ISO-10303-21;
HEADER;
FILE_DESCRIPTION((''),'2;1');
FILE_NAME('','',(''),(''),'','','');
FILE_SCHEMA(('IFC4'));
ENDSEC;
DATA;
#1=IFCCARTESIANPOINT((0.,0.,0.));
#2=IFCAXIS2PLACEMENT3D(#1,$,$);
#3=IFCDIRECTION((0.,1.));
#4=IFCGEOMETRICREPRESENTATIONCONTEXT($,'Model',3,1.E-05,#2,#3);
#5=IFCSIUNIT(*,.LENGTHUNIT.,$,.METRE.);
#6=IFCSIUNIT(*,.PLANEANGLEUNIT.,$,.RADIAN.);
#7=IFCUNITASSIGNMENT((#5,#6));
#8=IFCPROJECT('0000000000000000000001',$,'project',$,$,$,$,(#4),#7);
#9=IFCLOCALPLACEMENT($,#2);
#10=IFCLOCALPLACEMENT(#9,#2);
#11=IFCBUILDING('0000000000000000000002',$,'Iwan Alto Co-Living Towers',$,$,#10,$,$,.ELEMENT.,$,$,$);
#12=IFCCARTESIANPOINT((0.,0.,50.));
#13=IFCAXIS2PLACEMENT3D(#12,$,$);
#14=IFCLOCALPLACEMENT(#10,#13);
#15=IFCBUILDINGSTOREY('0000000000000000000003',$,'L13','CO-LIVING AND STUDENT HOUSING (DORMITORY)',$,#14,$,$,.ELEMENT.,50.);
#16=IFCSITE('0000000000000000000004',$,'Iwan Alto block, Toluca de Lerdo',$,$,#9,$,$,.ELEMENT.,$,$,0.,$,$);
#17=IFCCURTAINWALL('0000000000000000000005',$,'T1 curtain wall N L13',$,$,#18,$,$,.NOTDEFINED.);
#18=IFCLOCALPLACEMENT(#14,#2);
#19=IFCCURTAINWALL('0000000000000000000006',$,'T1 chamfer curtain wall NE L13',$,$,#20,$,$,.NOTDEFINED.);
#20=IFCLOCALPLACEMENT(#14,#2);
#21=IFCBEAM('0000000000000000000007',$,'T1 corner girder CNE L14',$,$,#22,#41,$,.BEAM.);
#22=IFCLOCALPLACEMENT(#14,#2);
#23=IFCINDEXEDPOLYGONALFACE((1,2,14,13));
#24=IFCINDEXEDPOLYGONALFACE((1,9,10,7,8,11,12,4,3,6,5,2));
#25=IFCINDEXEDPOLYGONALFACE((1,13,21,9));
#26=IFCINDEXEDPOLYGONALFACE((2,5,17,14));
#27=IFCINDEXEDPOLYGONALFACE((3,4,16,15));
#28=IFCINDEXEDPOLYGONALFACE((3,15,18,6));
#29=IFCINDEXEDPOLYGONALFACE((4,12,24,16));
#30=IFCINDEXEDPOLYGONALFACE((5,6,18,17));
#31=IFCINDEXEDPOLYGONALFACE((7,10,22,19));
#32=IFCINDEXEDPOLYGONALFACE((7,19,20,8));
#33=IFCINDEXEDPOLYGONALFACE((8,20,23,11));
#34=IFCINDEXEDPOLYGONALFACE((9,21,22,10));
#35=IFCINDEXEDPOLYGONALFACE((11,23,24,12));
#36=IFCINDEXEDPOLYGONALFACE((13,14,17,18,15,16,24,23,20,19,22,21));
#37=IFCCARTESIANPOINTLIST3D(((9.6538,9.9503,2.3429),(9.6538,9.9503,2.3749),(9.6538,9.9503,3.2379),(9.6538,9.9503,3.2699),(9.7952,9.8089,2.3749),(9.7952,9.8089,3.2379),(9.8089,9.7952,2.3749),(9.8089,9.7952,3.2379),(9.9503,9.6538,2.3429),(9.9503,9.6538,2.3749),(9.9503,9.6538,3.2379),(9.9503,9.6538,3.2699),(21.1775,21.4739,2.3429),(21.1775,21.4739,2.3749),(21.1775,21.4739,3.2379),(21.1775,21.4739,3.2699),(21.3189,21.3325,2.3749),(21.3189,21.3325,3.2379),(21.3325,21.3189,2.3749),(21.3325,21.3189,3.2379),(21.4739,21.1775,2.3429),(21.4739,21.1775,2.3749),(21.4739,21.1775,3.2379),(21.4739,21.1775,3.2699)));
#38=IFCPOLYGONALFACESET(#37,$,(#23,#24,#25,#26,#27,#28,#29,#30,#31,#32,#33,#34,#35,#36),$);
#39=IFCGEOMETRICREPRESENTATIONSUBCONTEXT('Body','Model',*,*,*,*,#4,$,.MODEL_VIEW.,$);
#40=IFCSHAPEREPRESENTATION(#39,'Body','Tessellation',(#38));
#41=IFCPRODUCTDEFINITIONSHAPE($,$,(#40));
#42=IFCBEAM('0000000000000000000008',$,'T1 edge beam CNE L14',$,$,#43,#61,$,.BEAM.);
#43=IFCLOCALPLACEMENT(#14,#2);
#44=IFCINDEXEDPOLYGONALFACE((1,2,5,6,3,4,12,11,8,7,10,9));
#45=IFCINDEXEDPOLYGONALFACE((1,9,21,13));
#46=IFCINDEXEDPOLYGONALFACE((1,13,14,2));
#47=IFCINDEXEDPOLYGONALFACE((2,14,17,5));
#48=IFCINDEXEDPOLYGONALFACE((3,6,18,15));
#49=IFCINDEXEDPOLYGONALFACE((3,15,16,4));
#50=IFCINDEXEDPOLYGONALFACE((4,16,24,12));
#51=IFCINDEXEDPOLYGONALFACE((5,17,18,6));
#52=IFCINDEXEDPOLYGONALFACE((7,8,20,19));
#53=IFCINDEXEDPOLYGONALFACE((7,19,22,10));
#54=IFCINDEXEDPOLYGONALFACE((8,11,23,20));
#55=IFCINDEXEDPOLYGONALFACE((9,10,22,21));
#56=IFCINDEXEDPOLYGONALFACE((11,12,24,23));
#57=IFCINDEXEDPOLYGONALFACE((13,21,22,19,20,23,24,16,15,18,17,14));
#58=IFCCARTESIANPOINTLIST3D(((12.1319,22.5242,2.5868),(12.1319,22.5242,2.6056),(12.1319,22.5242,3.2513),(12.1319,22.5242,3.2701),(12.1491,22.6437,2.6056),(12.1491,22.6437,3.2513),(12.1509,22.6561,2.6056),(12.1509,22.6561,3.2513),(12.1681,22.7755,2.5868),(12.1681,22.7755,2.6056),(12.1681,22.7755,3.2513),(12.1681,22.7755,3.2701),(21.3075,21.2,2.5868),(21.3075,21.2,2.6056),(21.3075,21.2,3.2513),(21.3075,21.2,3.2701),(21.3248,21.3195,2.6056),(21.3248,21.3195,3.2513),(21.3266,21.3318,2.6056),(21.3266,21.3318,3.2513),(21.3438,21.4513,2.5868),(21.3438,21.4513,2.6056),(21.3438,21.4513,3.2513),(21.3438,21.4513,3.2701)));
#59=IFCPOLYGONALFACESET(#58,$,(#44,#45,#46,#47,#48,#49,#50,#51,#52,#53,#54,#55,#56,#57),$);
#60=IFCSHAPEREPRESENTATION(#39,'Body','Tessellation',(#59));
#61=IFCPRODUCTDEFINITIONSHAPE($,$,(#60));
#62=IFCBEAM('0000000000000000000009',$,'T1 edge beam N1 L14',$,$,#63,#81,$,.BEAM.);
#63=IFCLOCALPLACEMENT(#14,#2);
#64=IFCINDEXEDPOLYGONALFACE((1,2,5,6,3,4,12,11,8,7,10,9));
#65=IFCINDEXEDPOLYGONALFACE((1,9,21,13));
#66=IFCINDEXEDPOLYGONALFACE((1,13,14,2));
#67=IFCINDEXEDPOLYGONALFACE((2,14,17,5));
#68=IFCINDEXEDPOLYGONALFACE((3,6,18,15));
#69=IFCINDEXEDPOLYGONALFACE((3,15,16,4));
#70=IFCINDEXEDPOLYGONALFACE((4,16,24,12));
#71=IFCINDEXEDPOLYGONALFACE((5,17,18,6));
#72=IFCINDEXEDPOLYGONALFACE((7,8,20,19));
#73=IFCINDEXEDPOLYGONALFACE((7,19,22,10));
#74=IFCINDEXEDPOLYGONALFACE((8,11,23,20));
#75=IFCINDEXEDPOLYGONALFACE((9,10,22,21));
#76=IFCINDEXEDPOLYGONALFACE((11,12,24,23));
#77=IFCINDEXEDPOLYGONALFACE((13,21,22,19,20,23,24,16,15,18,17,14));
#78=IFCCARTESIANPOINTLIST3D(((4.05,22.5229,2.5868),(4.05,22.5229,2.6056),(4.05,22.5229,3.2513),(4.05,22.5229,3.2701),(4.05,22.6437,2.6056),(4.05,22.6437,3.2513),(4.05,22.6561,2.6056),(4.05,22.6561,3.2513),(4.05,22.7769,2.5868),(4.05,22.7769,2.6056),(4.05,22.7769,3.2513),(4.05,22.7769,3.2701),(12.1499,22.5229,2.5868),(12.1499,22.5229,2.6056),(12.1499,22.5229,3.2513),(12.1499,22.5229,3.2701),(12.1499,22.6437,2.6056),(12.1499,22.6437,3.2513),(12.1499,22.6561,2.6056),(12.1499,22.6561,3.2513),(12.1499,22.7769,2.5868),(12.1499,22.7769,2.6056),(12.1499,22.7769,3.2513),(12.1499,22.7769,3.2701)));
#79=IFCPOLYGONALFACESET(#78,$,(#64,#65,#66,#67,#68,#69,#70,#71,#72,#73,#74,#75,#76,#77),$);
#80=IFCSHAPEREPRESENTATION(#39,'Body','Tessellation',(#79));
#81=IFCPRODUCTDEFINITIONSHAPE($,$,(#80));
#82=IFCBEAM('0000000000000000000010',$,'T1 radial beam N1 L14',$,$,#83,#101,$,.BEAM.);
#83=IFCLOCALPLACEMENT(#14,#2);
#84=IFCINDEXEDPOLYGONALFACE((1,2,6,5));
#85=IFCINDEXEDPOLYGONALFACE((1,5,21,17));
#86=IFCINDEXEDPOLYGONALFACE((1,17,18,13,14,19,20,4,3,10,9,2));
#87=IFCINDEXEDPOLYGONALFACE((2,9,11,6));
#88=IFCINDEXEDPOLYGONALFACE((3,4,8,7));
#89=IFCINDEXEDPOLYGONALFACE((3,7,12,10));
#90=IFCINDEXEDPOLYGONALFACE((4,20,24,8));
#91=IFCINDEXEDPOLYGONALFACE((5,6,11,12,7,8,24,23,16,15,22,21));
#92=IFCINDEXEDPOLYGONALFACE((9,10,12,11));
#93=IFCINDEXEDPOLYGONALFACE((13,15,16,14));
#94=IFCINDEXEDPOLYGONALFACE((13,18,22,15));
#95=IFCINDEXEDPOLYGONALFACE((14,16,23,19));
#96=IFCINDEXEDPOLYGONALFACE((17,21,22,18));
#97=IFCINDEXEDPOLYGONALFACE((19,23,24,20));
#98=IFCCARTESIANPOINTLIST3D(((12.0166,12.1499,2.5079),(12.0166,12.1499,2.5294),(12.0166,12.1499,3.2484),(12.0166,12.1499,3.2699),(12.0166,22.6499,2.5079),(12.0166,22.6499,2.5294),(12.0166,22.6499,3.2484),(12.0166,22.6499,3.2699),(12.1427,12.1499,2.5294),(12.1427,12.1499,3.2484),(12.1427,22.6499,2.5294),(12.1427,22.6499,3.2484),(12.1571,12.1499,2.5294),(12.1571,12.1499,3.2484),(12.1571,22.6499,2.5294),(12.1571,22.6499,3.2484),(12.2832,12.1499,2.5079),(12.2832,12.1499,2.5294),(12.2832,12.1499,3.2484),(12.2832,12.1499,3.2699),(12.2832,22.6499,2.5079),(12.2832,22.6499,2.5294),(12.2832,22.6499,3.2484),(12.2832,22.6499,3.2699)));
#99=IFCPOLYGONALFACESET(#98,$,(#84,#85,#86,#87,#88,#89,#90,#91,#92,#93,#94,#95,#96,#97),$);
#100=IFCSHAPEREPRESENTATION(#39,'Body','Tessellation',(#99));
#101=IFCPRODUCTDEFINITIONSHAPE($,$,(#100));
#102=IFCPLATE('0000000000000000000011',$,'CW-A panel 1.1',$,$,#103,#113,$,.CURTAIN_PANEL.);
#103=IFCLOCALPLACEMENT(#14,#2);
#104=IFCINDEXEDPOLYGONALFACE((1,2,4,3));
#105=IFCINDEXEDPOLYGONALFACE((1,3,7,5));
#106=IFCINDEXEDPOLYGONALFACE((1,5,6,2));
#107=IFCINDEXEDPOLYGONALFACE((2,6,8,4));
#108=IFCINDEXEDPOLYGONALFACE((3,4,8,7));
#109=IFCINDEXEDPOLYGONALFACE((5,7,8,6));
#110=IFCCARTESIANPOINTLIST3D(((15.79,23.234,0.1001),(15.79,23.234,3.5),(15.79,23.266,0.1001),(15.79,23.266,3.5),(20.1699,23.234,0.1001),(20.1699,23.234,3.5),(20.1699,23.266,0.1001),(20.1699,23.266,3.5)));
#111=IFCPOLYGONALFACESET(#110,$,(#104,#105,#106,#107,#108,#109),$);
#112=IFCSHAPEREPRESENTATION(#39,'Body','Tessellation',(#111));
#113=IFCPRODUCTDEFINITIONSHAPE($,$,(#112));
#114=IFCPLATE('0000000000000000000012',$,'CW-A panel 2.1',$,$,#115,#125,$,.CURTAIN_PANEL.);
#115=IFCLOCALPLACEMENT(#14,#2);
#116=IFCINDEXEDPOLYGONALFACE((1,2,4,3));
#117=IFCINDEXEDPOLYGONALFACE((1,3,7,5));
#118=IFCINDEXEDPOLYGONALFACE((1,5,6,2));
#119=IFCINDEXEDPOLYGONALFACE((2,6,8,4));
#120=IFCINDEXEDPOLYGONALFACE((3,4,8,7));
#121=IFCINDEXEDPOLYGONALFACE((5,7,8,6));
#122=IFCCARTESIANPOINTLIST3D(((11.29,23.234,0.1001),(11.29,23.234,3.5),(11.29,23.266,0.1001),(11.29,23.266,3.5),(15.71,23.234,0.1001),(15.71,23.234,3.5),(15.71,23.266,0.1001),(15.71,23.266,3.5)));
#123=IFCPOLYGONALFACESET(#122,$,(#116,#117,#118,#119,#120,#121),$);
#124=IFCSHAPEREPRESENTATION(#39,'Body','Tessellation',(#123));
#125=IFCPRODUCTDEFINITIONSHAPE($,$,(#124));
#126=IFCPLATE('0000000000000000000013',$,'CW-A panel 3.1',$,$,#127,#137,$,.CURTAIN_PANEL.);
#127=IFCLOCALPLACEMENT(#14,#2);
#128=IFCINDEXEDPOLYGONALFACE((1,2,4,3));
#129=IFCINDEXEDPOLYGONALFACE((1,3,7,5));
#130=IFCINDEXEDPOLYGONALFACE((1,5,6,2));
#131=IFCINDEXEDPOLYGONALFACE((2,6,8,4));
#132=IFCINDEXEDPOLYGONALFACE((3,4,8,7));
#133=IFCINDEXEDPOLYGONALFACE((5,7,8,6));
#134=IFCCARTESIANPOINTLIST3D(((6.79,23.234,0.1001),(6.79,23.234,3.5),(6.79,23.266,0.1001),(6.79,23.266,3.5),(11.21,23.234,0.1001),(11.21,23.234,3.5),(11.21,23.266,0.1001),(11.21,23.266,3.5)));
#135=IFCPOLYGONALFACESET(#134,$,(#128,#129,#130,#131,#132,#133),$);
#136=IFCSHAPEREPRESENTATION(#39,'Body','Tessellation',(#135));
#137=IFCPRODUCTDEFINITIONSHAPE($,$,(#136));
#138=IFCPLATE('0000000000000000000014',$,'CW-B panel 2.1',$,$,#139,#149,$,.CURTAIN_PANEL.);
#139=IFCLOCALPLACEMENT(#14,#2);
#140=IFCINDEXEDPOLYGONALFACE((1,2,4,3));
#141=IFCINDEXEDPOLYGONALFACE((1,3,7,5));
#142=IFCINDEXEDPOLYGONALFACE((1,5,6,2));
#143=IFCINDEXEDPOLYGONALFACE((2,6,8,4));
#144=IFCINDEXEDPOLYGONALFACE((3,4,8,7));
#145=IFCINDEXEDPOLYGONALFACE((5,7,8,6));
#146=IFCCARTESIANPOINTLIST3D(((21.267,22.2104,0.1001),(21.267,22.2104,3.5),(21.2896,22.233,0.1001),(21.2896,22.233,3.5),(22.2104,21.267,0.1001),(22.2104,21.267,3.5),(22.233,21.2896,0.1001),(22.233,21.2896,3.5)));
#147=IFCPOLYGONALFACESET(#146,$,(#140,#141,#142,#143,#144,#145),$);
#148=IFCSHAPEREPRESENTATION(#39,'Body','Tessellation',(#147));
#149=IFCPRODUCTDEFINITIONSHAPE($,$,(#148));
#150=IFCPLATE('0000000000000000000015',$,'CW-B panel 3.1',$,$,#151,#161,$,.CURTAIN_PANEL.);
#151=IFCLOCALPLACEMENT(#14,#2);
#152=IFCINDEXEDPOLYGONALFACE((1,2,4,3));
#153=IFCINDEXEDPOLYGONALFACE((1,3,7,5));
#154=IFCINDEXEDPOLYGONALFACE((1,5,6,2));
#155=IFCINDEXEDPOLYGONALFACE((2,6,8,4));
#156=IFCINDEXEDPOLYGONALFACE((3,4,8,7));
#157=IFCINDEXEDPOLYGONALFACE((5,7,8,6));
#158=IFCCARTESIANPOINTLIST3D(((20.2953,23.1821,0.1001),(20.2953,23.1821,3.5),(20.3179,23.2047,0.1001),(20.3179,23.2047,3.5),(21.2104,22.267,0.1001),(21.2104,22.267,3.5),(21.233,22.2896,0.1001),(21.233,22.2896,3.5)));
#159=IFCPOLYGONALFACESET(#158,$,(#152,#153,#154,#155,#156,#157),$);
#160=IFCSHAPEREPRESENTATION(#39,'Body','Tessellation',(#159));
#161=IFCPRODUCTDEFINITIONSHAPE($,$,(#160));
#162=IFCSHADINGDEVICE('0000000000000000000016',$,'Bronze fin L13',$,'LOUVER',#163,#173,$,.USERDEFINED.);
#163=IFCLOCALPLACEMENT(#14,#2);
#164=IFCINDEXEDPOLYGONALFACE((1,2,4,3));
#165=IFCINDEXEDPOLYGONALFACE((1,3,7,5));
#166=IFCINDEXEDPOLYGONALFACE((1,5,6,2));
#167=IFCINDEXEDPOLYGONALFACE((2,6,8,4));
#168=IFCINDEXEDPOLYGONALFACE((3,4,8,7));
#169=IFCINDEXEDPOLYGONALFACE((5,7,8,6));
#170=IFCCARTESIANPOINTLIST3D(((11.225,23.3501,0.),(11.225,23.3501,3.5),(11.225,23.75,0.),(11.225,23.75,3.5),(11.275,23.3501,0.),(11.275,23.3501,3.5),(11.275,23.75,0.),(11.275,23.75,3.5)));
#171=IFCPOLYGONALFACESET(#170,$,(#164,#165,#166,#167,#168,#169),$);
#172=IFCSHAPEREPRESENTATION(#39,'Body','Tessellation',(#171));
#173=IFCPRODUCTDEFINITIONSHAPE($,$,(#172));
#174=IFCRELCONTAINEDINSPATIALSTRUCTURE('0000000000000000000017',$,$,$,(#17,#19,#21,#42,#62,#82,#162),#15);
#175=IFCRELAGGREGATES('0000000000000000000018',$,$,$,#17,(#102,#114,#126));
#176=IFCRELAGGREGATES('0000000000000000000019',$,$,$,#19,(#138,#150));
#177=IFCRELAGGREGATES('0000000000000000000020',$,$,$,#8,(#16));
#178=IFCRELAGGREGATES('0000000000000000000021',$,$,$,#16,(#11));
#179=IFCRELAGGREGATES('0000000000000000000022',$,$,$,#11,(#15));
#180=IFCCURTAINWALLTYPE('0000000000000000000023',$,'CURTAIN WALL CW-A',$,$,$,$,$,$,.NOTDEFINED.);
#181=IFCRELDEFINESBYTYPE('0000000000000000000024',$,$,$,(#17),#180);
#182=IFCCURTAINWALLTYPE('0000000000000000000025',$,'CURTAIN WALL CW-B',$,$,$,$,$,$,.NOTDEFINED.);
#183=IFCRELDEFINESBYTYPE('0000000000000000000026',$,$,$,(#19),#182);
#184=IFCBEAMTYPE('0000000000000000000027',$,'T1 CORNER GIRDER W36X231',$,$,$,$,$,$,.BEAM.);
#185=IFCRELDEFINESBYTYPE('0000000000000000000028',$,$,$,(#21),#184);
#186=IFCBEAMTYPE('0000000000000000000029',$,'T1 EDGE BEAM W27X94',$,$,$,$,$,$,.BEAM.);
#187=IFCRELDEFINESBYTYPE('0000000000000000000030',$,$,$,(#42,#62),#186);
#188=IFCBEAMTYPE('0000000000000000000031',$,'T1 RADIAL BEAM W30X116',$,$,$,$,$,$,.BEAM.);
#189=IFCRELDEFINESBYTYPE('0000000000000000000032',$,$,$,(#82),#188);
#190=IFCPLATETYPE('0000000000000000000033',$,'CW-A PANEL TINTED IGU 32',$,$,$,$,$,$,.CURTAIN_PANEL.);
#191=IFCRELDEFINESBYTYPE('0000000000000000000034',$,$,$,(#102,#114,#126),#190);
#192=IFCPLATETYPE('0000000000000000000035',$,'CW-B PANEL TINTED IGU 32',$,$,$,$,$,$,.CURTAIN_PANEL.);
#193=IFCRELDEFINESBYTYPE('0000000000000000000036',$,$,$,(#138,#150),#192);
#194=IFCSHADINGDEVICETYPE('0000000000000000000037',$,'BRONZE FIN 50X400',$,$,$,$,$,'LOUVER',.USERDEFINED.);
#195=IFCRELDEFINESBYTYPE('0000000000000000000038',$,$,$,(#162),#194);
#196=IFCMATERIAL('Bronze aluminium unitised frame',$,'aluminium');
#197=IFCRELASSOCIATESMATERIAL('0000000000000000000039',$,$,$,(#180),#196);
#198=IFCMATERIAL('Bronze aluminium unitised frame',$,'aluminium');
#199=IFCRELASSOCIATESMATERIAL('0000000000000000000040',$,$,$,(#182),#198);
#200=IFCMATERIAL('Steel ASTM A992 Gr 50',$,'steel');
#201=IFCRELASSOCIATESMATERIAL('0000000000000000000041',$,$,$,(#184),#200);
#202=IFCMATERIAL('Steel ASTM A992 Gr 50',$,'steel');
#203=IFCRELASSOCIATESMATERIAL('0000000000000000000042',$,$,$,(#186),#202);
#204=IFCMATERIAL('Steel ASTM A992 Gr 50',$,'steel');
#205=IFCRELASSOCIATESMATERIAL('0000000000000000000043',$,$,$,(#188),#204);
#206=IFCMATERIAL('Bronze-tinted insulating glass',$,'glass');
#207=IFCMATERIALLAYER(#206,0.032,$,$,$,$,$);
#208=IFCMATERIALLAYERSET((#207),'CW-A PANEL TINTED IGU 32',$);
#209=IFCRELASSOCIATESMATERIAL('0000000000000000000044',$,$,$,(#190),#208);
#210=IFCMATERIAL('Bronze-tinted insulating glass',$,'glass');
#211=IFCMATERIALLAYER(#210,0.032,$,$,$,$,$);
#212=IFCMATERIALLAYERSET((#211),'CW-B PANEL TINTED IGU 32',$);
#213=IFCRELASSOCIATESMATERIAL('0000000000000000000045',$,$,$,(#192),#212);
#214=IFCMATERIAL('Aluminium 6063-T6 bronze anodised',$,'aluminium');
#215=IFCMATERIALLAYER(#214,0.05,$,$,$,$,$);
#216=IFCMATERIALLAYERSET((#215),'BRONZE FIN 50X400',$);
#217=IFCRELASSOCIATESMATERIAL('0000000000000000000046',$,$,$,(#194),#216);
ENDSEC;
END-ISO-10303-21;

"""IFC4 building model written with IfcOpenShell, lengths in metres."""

from ifc_helpers import new_model, si_unit, direction, frame, origin, origin_2d, place, context, subcontext, project, spatial, rectangle, i_section, extrude, material, layer, layer_set, material_profile, profile_set, type_object, element, aggregate, save


model = new_model("IFC4")

# Units and contexts
model_context = context("Model", 3, precision=1e-05, world=origin(), true_north=direction((0.0, 1.0)))
body_context = subcontext(model_context, "Body", "Model", "MODEL_VIEW")
ifc_project = project(units=[si_unit("LENGTHUNIT", "METRE"), si_unit("PLANEANGLEUNIT", "RADIAN")], contexts=[model_context])

# Site, building, storey
site_placement = place(None, origin())
site = spatial("IfcSite", under=ifc_project, at=site_placement, Name="Iwan Alto block, Toluca de Lerdo", CompositionType="ELEMENT", RefElevation=0.0)
building_placement = place(site_placement, origin())
building = spatial("IfcBuilding", under=site, at=building_placement, Name="Iwan Alto Co-Living Towers", CompositionType="ELEMENT")
storey_placement = place(building_placement, frame((0.0, 0.0, 50.0)))
storey = spatial("IfcBuildingStorey", under=building, at=storey_placement, Name="L13", Description="CO-LIVING AND STUDENT HOUSING (DORMITORY)", CompositionType="ELEMENT", Elevation=50.0)

# Curtain walls
ifc_material_1 = material(Name="Bronze aluminium unitised frame", Category="aluminium")
curtain_wall_type_1 = type_object("IfcCurtainWallType", Name="CURTAIN WALL CW-A", PredefinedType="NOTDEFINED", material=ifc_material_1)
curtain_wall_1_placement = place(storey_placement, origin())
curtain_wall_1 = element("IfcCurtainWall", 1, at=curtain_wall_1_placement, inside=storey, type_object=curtain_wall_type_1, Name="T1 curtain wall N L13", PredefinedType="NOTDEFINED")
ifc_material_2 = material(Name="Bronze aluminium unitised frame", Category="aluminium")
curtain_wall_type_2 = type_object("IfcCurtainWallType", Name="CURTAIN WALL CW-B", PredefinedType="NOTDEFINED", material=ifc_material_2)
curtain_wall_2_placement = place(storey_placement, origin())
curtain_wall_2 = element("IfcCurtainWall", 2, at=curtain_wall_2_placement, inside=storey, type_object=curtain_wall_type_2, Name="T1 chamfer curtain wall NE L13", PredefinedType="NOTDEFINED")

# Beams
ifc_material_3 = material(Name="Steel ASTM A992 Gr 50", Category="steel")
ifc_material_profile_1 = material_profile(ifc_material_3, i_section(OverallWidth=0.4192, OverallDepth=0.927, WebThickness=0.0193, FlangeThickness=0.032, at=origin_2d()), Name="W36X231")
ifc_profile_set_1 = profile_set([ifc_material_profile_1], Name="Steel ASTM A992 Gr 50")
beam_type_1 = type_object("IfcBeamType", Name="T1 CORNER GIRDER W36X231", PredefinedType="BEAM", material=ifc_profile_set_1)
beam_1_placement = place(storey_placement, frame((21.3257, 21.3257, 2.8064), z_axis=(-0.707107, -0.707107, 0.0), x_axis=(0.707107, -0.707107, 0.0)))
element("IfcBeam", 3, at=beam_1_placement, inside=storey, type_object=beam_type_1, Name="T1 corner girder CNE L14", PredefinedType="BEAM", context=body_context, shape_type="SweptSolid", body=[
    extrude(i_section(OverallWidth=0.4192, OverallDepth=0.927, WebThickness=0.0193, FlangeThickness=0.032, at=origin_2d()), origin(), (0.0, 0.0, 1.0), 16.2969),
])
ifc_material_4 = material(Name="Steel ASTM A992 Gr 50", Category="steel")
ifc_material_profile_2 = material_profile(ifc_material_4, i_section(OverallWidth=0.2539, OverallDepth=0.6833, WebThickness=0.0125, FlangeThickness=0.0188, at=origin_2d()), Name="W27X94")
ifc_profile_set_2 = profile_set([ifc_material_profile_2], Name="Steel ASTM A992 Gr 50")
beam_type_2 = type_object("IfcBeamType", Name="T1 EDGE BEAM W27X94", PredefinedType="BEAM", material=ifc_profile_set_2)
beam_2_placement = place(storey_placement, frame((21.3257, 21.3257, 2.9285), z_axis=(-0.989746, 0.142837, 0.0), x_axis=(-0.142837, -0.989746, 0.0)))
element("IfcBeam", 4, at=beam_2_placement, inside=storey, type_object=beam_type_2, Name="T1 edge beam CNE L14", PredefinedType="BEAM", context=body_context, shape_type="SweptSolid", body=[
    extrude(i_section(OverallWidth=0.2539, OverallDepth=0.6833, WebThickness=0.0125, FlangeThickness=0.0188, at=origin_2d()), origin(), (0.0, 0.0, 1.0), 9.2708),
])
beam_3_placement = place(storey_placement, frame((12.1499, 22.6499, 2.9285), z_axis=(-1.0, 0.0, 0.0), x_axis=(0.0, -1.0, 0.0)))
element("IfcBeam", 5, at=beam_3_placement, inside=storey, type_object=beam_type_2, Name="T1 edge beam N1 L14", PredefinedType="BEAM", context=body_context, shape_type="SweptSolid", body=[
    extrude(i_section(OverallWidth=0.2539, OverallDepth=0.6833, WebThickness=0.0125, FlangeThickness=0.0188, at=origin_2d()), origin(), (0.0, 0.0, 1.0), 8.0999),
])
ifc_material_5 = material(Name="Steel ASTM A992 Gr 50", Category="steel")
ifc_material_profile_3 = material_profile(ifc_material_5, i_section(OverallWidth=0.2666, OverallDepth=0.762, WebThickness=0.0144, FlangeThickness=0.0215, at=origin_2d()), Name="W30X116")
ifc_profile_set_3 = profile_set([ifc_material_profile_3], Name="Steel ASTM A992 Gr 50")
beam_type_3 = type_object("IfcBeamType", Name="T1 RADIAL BEAM W30X116", PredefinedType="BEAM", material=ifc_profile_set_3)
beam_4_placement = place(storey_placement, frame((12.1499, 22.6499, 2.8889), z_axis=(0.0, -1.0, 0.0), x_axis=(1.0, 0.0, 0.0)))
element("IfcBeam", 6, at=beam_4_placement, inside=storey, type_object=beam_type_3, Name="T1 radial beam N1 L14", PredefinedType="BEAM", context=body_context, shape_type="SweptSolid", body=[
    extrude(i_section(OverallWidth=0.2666, OverallDepth=0.762, WebThickness=0.0144, FlangeThickness=0.0215, at=origin_2d()), origin(), (0.0, 0.0, 1.0), 10.5),
])

# Plates
ifc_material_6 = material(Name="Bronze-tinted insulating glass", Category="glass")
ifc_layer_1 = layer(ifc_material_6, 0.032)
ifc_layer_set_1 = layer_set([ifc_layer_1], Name="CW-A PANEL TINTED IGU 32")
plate_type_1 = type_object("IfcPlateType", Name="CW-A PANEL TINTED IGU 32", PredefinedType="CURTAIN_PANEL", material=ifc_layer_set_1)
plate_1_placement = place(storey_placement, frame((17.98, 23.25, 0.1001), z_axis=(0.0, 0.0, 1.0), x_axis=(-1.0, 0.0, 0.0)))
plate_1 = element("IfcPlate", 7, at=plate_1_placement, type_object=plate_type_1, Name="CW-A panel 1.1", PredefinedType="CURTAIN_PANEL", context=body_context, shape_type="SweptSolid", body=[
    extrude(rectangle(XDim=4.3799, YDim=0.032, at=origin_2d()), origin(), (0.0, 0.0, 1.0), 3.3999),
])
plate_2_placement = place(storey_placement, frame((13.5, 23.25, 0.1001), z_axis=(0.0, 0.0, 1.0), x_axis=(-1.0, 0.0, 0.0)))
plate_2 = element("IfcPlate", 8, at=plate_2_placement, type_object=plate_type_1, Name="CW-A panel 2.1", PredefinedType="CURTAIN_PANEL", context=body_context, shape_type="SweptSolid", body=[
    extrude(rectangle(XDim=4.4199, YDim=0.032, at=origin_2d()), origin(), (0.0, 0.0, 1.0), 3.3999),
])
plate_3_placement = place(storey_placement, frame((9.0, 23.25, 0.1001), z_axis=(0.0, 0.0, 1.0), x_axis=(-1.0, 0.0, 0.0)))
plate_3 = element("IfcPlate", 9, at=plate_3_placement, type_object=plate_type_1, Name="CW-A panel 3.1", PredefinedType="CURTAIN_PANEL", context=body_context, shape_type="SweptSolid", body=[
    extrude(rectangle(XDim=4.4199, YDim=0.032, at=origin_2d()), origin(), (0.0, 0.0, 1.0), 3.3999),
])
aggregate(curtain_wall_1, [plate_1, plate_2, plate_3])
ifc_material_7 = material(Name="Bronze-tinted insulating glass", Category="glass")
ifc_layer_2 = layer(ifc_material_7, 0.032)
ifc_layer_set_2 = layer_set([ifc_layer_2], Name="CW-B PANEL TINTED IGU 32")
plate_type_2 = type_object("IfcPlateType", Name="CW-B PANEL TINTED IGU 32", PredefinedType="CURTAIN_PANEL", material=ifc_layer_set_2)
plate_4_placement = place(storey_placement, frame((21.75, 21.75, 0.1001), z_axis=(0.0, 0.0, 1.0), x_axis=(-0.707107, 0.707107, 0.0)))
plate_4 = element("IfcPlate", 10, at=plate_4_placement, type_object=plate_type_2, Name="CW-B panel 2.1", PredefinedType="CURTAIN_PANEL", context=body_context, shape_type="SweptSolid", body=[
    extrude(rectangle(XDim=1.3342, YDim=0.032, at=origin_2d()), origin(), (0.0, 0.0, 1.0), 3.3999),
])
plate_5_placement = place(storey_placement, frame((20.7642, 22.7358, 0.1001), z_axis=(0.0, 0.0, 1.0), x_axis=(-0.707107, 0.707107, 0.0)))
plate_5 = element("IfcPlate", 11, at=plate_5_placement, type_object=plate_type_2, Name="CW-B panel 3.1", PredefinedType="CURTAIN_PANEL", context=body_context, shape_type="SweptSolid", body=[
    extrude(rectangle(XDim=1.2942, YDim=0.032, at=origin_2d()), origin(), (0.0, 0.0, 1.0), 3.3999),
])
aggregate(curtain_wall_2, [plate_4, plate_5])

# Shading device
ifc_material_8 = material(Name="Aluminium 6063-T6 bronze anodised", Category="aluminium")
ifc_layer_3 = layer(ifc_material_8, 0.05)
ifc_layer_set_3 = layer_set([ifc_layer_3], Name="BRONZE FIN 50X400")
shading_device_type = type_object("IfcShadingDeviceType", Name="BRONZE FIN 50X400", ElementType="LOUVER", PredefinedType="USERDEFINED", material=ifc_layer_set_3)
shading_device_placement = place(storey_placement, frame((11.25, 23.55, 0.0), z_axis=(0.0, 0.0, 1.0), x_axis=(-1.0, 0.0, 0.0)))
element("IfcShadingDevice", 12, at=shading_device_placement, inside=storey, type_object=shading_device_type, Name="Bronze fin L13", ObjectType="LOUVER", PredefinedType="USERDEFINED", context=body_context, shape_type="SweptSolid", body=[
    extrude(rectangle(XDim=0.05, YDim=0.3999, at=origin_2d()), origin(), (0.0, 0.0, 1.0), 3.5),
])

save(model, "model.ifc")
